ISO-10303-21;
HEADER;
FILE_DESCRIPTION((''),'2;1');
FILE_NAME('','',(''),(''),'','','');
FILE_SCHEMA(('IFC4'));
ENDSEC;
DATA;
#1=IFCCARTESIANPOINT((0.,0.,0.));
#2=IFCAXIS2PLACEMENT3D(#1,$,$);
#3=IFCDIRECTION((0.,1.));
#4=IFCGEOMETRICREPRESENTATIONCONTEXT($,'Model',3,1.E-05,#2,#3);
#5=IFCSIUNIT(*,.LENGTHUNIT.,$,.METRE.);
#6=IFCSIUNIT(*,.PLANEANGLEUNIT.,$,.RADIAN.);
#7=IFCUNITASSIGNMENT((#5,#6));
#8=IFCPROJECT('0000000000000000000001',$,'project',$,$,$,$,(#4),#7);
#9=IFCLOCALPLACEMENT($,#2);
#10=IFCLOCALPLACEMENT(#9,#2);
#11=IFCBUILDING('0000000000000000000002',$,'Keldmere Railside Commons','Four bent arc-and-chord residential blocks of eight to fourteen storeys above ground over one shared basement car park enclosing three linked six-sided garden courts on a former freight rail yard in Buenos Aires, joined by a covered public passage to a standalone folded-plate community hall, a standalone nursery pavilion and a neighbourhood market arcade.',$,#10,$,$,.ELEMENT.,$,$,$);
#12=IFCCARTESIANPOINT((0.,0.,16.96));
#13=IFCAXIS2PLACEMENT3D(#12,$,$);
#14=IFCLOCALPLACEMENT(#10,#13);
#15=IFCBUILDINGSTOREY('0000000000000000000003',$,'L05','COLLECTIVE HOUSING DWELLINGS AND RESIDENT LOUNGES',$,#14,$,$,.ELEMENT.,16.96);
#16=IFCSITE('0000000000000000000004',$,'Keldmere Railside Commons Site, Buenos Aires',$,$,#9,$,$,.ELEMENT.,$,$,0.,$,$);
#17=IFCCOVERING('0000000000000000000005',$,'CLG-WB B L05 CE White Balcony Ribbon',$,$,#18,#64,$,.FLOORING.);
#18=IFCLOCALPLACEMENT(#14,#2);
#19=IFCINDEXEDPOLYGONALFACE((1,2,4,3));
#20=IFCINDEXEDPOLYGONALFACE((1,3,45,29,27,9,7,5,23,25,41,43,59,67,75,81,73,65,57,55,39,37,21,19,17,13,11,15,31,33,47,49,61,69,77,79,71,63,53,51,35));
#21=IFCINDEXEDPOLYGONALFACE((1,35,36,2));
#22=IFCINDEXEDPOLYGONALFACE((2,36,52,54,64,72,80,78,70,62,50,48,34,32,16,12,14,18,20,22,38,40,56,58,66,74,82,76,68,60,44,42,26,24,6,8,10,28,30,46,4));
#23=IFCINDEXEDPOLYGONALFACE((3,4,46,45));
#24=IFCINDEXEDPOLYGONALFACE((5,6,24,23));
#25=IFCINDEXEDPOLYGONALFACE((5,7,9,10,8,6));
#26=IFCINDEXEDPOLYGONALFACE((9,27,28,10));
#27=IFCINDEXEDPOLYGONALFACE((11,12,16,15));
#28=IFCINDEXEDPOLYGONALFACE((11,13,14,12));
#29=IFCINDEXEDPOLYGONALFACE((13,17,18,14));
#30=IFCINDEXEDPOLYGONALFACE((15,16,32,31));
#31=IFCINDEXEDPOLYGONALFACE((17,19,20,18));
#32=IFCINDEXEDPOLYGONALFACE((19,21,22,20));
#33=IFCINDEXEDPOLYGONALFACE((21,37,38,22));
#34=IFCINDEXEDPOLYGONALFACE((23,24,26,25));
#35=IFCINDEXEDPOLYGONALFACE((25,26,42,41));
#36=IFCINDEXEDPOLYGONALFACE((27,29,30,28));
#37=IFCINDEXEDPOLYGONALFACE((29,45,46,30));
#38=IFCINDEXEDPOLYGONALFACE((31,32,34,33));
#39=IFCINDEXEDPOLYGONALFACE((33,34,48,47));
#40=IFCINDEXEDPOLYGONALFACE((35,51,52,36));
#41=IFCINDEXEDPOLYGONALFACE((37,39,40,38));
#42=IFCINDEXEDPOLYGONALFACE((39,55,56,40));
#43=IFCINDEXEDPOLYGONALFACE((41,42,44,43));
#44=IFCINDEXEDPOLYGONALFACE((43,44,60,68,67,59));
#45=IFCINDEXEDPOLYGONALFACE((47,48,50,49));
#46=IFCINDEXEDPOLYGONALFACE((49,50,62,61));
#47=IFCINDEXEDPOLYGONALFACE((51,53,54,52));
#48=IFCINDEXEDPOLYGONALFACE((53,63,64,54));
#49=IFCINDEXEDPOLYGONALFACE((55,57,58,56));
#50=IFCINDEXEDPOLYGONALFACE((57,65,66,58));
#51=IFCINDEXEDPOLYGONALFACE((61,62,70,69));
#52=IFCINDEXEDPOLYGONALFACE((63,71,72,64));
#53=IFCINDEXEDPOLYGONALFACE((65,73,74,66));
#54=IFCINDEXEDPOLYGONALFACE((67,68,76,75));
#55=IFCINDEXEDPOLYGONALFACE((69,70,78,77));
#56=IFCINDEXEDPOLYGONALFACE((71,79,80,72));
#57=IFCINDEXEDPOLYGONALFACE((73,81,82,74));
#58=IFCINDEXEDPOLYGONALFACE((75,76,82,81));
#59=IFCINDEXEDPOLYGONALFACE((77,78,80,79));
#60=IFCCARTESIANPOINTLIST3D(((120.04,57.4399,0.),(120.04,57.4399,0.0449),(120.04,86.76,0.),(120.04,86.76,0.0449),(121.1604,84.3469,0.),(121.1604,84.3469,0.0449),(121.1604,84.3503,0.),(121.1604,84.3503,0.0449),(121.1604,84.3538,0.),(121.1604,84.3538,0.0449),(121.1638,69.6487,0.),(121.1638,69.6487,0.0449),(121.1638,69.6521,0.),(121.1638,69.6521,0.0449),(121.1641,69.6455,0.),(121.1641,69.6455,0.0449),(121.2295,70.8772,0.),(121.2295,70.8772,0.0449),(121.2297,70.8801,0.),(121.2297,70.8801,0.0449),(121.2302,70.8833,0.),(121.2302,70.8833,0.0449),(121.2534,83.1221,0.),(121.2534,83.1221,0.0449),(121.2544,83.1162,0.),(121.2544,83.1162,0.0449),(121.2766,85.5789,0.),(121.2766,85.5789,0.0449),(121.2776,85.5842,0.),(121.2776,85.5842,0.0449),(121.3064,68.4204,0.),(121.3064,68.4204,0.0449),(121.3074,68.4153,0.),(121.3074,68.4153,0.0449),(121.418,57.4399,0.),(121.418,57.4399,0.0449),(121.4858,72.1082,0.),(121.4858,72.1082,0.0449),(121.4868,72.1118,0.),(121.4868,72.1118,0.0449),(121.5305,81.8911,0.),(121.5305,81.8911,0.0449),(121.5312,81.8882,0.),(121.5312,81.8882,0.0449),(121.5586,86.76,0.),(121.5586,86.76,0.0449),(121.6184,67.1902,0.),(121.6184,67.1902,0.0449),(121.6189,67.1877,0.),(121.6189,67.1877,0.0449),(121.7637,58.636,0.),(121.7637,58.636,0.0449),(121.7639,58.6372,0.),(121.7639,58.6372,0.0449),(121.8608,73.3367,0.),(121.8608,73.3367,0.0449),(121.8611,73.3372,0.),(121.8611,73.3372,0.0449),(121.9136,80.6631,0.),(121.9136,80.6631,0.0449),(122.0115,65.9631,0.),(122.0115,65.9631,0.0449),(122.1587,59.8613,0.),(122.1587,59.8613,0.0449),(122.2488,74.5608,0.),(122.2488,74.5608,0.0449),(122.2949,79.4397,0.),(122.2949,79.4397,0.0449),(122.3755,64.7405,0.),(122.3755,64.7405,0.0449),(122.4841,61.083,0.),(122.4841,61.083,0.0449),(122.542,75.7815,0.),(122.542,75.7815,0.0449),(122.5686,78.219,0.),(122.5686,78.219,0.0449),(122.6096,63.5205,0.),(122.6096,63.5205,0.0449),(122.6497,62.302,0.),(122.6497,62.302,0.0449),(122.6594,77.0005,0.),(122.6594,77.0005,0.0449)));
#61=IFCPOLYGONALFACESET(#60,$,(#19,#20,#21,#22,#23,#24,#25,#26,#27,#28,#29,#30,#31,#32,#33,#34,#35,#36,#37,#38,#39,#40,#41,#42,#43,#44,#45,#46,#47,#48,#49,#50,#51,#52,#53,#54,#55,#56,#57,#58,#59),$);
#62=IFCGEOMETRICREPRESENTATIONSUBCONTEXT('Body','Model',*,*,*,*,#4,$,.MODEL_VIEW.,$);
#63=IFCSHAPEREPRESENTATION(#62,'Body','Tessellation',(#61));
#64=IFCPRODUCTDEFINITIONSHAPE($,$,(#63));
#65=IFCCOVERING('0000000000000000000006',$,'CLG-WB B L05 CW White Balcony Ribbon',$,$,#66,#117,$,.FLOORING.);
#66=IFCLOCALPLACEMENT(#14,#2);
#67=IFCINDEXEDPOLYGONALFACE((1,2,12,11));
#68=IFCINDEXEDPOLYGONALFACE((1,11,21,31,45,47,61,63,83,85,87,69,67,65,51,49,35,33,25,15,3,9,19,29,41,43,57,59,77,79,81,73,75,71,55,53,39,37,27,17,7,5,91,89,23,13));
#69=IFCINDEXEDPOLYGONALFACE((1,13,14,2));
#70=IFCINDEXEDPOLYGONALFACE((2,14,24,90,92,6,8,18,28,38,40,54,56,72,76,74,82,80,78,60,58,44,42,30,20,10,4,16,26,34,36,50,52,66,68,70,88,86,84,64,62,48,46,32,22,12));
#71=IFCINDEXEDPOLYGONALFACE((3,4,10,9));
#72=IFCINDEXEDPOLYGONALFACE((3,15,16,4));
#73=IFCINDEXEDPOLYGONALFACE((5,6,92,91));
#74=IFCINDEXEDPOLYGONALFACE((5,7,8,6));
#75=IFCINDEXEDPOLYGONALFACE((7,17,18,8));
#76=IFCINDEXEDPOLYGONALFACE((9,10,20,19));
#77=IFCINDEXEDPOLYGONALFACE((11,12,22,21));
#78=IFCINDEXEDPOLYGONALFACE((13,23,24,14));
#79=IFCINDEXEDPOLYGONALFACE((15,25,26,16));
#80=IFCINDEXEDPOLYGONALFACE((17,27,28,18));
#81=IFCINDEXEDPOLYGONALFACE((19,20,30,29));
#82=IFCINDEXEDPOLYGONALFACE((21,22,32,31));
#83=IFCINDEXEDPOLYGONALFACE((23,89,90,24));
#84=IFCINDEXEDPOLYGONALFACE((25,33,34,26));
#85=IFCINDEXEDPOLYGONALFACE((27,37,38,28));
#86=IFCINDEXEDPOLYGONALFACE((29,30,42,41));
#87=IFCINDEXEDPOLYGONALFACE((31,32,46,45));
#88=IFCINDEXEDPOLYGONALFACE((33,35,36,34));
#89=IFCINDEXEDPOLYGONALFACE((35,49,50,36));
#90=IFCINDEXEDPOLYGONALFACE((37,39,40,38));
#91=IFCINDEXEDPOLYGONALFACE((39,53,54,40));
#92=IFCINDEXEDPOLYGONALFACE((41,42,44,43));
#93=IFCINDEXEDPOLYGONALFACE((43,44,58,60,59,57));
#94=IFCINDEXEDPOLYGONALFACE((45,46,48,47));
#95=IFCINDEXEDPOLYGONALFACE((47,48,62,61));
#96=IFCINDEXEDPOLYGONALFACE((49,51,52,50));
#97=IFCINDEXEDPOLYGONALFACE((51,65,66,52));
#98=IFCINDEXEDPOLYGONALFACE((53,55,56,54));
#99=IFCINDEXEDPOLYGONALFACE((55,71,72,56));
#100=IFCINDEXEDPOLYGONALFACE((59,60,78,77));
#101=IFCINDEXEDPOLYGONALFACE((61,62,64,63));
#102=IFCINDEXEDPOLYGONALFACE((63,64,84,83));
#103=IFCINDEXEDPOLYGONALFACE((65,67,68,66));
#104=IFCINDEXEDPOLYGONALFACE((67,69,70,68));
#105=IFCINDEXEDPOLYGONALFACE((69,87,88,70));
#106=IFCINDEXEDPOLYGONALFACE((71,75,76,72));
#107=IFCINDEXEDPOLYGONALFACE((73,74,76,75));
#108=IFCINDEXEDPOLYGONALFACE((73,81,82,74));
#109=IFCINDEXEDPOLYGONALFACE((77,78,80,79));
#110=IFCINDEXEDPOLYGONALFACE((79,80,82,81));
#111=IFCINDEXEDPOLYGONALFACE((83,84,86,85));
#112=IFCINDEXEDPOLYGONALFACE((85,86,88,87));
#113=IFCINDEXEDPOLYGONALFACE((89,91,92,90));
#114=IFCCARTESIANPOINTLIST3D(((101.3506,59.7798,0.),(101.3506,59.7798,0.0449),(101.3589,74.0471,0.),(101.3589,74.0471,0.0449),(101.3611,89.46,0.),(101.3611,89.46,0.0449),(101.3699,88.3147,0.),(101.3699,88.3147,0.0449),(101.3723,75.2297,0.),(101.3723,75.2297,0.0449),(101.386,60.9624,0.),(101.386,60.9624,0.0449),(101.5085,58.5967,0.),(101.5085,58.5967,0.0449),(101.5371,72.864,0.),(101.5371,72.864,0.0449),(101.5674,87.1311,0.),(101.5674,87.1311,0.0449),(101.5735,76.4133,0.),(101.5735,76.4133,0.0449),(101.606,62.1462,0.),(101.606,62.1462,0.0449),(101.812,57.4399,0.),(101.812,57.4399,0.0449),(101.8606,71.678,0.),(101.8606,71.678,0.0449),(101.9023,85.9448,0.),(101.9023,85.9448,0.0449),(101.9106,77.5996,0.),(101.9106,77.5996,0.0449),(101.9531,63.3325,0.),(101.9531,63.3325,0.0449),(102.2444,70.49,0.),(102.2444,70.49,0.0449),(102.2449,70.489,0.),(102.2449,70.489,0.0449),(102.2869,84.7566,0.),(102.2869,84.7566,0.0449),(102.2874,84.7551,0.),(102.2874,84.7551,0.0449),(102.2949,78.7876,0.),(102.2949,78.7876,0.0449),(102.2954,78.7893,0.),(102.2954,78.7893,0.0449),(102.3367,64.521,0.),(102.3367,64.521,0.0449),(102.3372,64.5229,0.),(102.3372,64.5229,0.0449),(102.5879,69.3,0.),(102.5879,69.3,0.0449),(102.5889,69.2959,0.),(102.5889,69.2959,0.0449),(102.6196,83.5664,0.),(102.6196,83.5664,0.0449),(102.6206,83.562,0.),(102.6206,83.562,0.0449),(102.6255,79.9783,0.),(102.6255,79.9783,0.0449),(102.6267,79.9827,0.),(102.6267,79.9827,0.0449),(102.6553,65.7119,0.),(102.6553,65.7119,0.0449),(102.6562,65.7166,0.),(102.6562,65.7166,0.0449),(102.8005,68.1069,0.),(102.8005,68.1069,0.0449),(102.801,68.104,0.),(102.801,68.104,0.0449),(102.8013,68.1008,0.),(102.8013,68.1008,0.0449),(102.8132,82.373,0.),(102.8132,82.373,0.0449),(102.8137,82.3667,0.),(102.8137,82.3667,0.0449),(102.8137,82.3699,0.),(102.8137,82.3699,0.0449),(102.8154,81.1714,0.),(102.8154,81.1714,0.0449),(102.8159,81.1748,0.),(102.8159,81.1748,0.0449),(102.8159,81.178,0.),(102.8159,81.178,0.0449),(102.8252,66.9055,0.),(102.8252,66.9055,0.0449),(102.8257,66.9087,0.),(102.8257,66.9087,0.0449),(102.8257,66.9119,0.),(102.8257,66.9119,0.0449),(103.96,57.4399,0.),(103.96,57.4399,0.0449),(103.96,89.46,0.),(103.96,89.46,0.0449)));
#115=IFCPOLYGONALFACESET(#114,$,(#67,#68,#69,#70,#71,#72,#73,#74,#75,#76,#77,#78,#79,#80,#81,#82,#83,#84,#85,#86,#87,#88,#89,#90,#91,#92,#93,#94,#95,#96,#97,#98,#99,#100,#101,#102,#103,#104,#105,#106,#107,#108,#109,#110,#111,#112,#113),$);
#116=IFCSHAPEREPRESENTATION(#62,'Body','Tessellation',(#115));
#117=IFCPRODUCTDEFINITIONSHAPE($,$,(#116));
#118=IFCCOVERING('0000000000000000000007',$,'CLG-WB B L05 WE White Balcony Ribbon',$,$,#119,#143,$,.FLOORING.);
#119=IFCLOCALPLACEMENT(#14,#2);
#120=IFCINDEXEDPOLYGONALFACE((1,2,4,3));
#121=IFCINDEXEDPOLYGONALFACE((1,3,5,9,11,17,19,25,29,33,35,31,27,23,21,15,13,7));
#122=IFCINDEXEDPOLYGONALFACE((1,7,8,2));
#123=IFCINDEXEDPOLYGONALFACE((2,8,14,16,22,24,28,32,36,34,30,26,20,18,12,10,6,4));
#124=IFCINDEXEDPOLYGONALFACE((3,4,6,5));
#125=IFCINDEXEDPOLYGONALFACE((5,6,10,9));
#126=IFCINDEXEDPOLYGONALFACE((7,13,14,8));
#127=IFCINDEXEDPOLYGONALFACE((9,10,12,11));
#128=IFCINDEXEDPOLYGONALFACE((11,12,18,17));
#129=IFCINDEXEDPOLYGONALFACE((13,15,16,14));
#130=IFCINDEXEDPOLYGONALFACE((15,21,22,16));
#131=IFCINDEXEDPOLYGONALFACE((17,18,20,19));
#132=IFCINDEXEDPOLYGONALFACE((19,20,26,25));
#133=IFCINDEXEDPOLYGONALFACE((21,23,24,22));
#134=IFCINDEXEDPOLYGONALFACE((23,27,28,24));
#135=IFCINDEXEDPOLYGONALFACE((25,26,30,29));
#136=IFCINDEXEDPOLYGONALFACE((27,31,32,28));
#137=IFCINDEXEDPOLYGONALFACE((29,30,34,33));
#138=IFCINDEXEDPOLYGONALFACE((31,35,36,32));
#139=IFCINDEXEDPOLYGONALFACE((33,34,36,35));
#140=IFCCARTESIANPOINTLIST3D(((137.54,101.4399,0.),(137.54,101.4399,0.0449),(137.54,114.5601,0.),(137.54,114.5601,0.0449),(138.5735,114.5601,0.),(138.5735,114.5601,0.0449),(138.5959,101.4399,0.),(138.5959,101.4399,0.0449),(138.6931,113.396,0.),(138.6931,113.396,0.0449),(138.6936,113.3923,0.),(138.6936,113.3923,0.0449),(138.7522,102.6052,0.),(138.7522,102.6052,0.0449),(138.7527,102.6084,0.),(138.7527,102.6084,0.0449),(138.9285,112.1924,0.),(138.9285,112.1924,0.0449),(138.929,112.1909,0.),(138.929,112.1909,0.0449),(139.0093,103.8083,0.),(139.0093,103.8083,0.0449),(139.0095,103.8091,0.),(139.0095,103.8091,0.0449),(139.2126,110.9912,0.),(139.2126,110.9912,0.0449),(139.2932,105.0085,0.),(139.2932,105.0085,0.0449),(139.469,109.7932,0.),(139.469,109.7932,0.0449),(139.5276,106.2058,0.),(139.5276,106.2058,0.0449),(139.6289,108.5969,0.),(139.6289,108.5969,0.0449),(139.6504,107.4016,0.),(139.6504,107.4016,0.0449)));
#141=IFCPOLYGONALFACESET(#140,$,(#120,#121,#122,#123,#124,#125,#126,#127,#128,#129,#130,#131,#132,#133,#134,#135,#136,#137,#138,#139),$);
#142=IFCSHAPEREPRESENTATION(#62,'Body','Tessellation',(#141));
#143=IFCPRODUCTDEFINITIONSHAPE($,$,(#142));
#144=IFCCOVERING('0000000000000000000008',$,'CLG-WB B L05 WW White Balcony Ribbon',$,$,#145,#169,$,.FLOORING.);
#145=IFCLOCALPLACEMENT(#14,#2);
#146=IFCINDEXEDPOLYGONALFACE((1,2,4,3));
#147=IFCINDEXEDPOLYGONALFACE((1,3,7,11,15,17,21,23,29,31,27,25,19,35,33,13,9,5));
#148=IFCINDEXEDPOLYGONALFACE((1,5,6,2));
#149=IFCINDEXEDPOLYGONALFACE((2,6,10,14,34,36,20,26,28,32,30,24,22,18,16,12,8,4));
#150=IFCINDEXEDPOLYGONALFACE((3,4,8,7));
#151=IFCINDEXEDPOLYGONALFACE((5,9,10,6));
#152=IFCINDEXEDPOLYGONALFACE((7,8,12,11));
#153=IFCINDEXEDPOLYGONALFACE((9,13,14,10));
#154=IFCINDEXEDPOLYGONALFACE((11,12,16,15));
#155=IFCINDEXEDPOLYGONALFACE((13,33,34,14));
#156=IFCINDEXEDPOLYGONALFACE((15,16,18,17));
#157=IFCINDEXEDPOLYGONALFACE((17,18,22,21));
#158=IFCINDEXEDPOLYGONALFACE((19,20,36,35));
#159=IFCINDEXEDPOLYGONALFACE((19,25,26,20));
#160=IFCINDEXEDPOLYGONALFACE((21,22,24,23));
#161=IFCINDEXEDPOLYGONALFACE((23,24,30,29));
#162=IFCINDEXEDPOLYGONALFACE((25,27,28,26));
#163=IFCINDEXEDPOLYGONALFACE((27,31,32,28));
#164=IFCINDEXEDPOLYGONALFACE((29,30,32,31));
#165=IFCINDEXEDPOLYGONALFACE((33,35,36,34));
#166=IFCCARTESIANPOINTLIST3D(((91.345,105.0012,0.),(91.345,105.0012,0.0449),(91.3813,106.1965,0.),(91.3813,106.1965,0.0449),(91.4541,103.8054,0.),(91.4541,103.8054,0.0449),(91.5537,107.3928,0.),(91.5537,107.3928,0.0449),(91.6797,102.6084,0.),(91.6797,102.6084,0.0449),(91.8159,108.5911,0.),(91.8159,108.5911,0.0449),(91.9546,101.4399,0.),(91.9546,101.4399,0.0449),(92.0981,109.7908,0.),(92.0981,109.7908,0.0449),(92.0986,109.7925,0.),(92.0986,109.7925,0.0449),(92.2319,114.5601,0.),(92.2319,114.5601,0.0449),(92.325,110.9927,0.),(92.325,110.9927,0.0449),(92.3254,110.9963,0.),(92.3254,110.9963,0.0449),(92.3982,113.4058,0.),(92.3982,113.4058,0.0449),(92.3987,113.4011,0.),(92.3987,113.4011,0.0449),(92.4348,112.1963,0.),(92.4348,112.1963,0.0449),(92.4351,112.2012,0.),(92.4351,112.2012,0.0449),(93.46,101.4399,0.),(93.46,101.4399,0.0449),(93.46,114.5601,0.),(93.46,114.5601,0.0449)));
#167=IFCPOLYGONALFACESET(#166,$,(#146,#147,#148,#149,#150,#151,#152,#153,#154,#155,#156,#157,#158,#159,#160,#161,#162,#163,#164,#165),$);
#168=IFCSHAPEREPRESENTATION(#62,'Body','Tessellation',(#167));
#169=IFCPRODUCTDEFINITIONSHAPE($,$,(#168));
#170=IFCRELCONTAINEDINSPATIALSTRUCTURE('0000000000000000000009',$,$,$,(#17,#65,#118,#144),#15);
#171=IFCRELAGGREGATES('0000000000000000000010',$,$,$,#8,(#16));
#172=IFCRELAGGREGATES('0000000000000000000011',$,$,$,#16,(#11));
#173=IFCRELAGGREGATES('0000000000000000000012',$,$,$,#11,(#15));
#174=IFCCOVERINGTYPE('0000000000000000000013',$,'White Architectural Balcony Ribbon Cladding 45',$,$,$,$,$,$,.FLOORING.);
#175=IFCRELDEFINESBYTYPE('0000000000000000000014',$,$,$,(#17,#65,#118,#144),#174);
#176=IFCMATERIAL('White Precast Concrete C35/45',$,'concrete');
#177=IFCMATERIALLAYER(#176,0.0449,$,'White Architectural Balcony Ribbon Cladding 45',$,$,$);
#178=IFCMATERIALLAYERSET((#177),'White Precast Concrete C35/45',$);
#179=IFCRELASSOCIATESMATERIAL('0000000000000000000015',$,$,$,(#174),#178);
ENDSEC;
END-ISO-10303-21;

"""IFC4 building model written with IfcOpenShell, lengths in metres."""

from ifc_helpers import new_model, si_unit, direction, frame, origin, place, context, subcontext, project, spatial, polyline, outline, extrude, material, layer, layer_set, type_object, element, save


model = new_model("IFC4")

# Units and contexts
model_context = context("Model", 3, precision=1e-05, world=origin(), true_north=direction((0.0, 1.0)))
body_context = subcontext(model_context, "Body", "Model", "MODEL_VIEW")
ifc_project = project(units=[si_unit("LENGTHUNIT", "METRE"), si_unit("PLANEANGLEUNIT", "RADIAN")], contexts=[model_context])

# Site, building, storey
site_placement = place(None, origin())
site = spatial("IfcSite", under=ifc_project, at=site_placement, Name="Keldmere Railside Commons Site, Buenos Aires", CompositionType="ELEMENT", RefElevation=0.0)
building_placement = place(site_placement, origin())
building = spatial("IfcBuilding", under=site, at=building_placement, Name="Keldmere Railside Commons", Description="Four bent arc-and-chord residential blocks of eight to fourteen storeys above ground over one shared basement car park enclosing three linked six-sided garden courts on a former freight rail yard in Buenos Aires, joined by a covered public passage to a standalone folded-plate community hall, a standalone nursery pavilion and a neighbourhood market arcade.", CompositionType="ELEMENT")
storey_placement = place(building_placement, frame((0.0, 0.0, 16.96)))
storey = spatial("IfcBuildingStorey", under=building, at=storey_placement, Name="L05", Description="COLLECTIVE HOUSING DWELLINGS AND RESIDENT LOUNGES", CompositionType="ELEMENT", Elevation=16.96)

# Coverings
ifc_material_1 = material(Name="White Precast Concrete C35/45", Category="concrete")
ifc_layer_1 = layer(ifc_material_1, 0.0449, Name="White Architectural Balcony Ribbon Cladding 45")
ifc_layer_set_1 = layer_set([ifc_layer_1], Name="White Precast Concrete C35/45")
covering_type_1 = type_object("IfcCoveringType", Name="White Architectural Balcony Ribbon Cladding 45", PredefinedType="FLOORING", material=ifc_layer_set_1)
covering_1_placement = place(storey_placement, origin())
element("IfcCovering", 1, at=covering_1_placement, inside=storey, type_object=covering_type_1, Name="CLG-WB B L05 CE White Balcony Ribbon", PredefinedType="FLOORING", context=body_context, shape_type="SweptSolid", body=[
    extrude(outline(polyline([(121.7637, 58.636), (121.7639, 58.6372), (122.1587, 59.8613), (122.4841, 61.083), (122.6497, 62.302), (122.6096, 63.5205), (122.3755, 64.7405), (122.0115, 65.9631), (121.6189, 67.1877), (121.6184, 67.1902), (121.3074, 68.4153), (121.3064, 68.4204), (121.1641, 69.6455), (121.1638, 69.6487), (121.1638, 69.6521), (121.2295, 70.8772), (121.2297, 70.8801), (121.2302, 70.8833), (121.4858, 72.1082), (121.4868, 72.1118), (121.8608, 73.3367), (121.8611, 73.3372), (122.2488, 74.5608), (122.542, 75.7815), (122.6594, 77.0005), (122.5686, 78.219), (122.2949, 79.4397), (121.9136, 80.6631), (121.5312, 81.8882), (121.5305, 81.8911), (121.2544, 83.1162), (121.2534, 83.1221), (121.1604, 84.3469), (121.1604, 84.3503), (121.1604, 84.3538), (121.2766, 85.5789), (121.2776, 85.5842), (121.5586, 86.76), (120.04, 86.76), (120.04, 57.4399), (121.418, 57.4399), (121.7637, 58.636)])), origin(), (0.0, 0.0, 1.0), 0.0449),
])
covering_2_placement = place(storey_placement, origin())
element("IfcCovering", 2, at=covering_2_placement, inside=storey, type_object=covering_type_1, Name="CLG-WB B L05 CW White Balcony Ribbon", PredefinedType="FLOORING", context=body_context, shape_type="SweptSolid", body=[
    extrude(outline(polyline([(103.96, 89.46), (101.3611, 89.46), (101.3699, 88.3147), (101.5674, 87.1311), (101.9023, 85.9448), (102.2869, 84.7566), (102.2874, 84.7551), (102.6196, 83.5664), (102.6206, 83.562), (102.8132, 82.373), (102.8137, 82.3699), (102.8137, 82.3667), (102.8159, 81.178), (102.8159, 81.1748), (102.8154, 81.1714), (102.6267, 79.9827), (102.6255, 79.9783), (102.2954, 78.7893), (102.2949, 78.7876), (101.9106, 77.5996), (101.5735, 76.4133), (101.3723, 75.2297), (101.3589, 74.0471), (101.5371, 72.864), (101.8606, 71.678), (102.2444, 70.49), (102.2449, 70.489), (102.5879, 69.3), (102.5889, 69.2959), (102.8005, 68.1069), (102.801, 68.104), (102.8013, 68.1008), (102.8257, 66.9119), (102.8257, 66.9087), (102.8252, 66.9055), (102.6562, 65.7166), (102.6553, 65.7119), (102.3372, 64.5229), (102.3367, 64.521), (101.9531, 63.3325), (101.606, 62.1462), (101.386, 60.9624), (101.3506, 59.7798), (101.5085, 58.5967), (101.812, 57.4399), (103.96, 57.4399), (103.96, 89.46)])), origin(), (0.0, 0.0, 1.0), 0.0449),
])
covering_3_placement = place(storey_placement, origin())
element("IfcCovering", 3, at=covering_3_placement, inside=storey, type_object=covering_type_1, Name="CLG-WB B L05 WE White Balcony Ribbon", PredefinedType="FLOORING", context=body_context, shape_type="SweptSolid", body=[
    extrude(outline(polyline([(138.7522, 102.6052), (138.7527, 102.6084), (139.0093, 103.8083), (139.0095, 103.8091), (139.2932, 105.0085), (139.5276, 106.2058), (139.6504, 107.4016), (139.6289, 108.5969), (139.469, 109.7932), (139.2126, 110.9912), (138.929, 112.1909), (138.9285, 112.1924), (138.6936, 113.3923), (138.6931, 113.396), (138.5735, 114.5601), (137.54, 114.5601), (137.54, 101.4399), (138.5959, 101.4399), (138.7522, 102.6052)])), origin(), (0.0, 0.0, 1.0), 0.0449),
])
covering_4_placement = place(storey_placement, origin())
element("IfcCovering", 4, at=covering_4_placement, inside=storey, type_object=covering_type_1, Name="CLG-WB B L05 WW White Balcony Ribbon", PredefinedType="FLOORING", context=body_context, shape_type="SweptSolid", body=[
    extrude(outline(polyline([(93.46, 114.5601), (92.2319, 114.5601), (92.3982, 113.4058), (92.3987, 113.4011), (92.4351, 112.2012), (92.4348, 112.1963), (92.3254, 110.9963), (92.325, 110.9927), (92.0986, 109.7925), (92.0981, 109.7908), (91.8159, 108.5911), (91.5537, 107.3928), (91.3813, 106.1965), (91.345, 105.0012), (91.4541, 103.8054), (91.6797, 102.6084), (91.9546, 101.4399), (93.46, 101.4399), (93.46, 114.5601)])), origin(), (0.0, 0.0, 1.0), 0.0449),
])

save(model, "model.ifc")
